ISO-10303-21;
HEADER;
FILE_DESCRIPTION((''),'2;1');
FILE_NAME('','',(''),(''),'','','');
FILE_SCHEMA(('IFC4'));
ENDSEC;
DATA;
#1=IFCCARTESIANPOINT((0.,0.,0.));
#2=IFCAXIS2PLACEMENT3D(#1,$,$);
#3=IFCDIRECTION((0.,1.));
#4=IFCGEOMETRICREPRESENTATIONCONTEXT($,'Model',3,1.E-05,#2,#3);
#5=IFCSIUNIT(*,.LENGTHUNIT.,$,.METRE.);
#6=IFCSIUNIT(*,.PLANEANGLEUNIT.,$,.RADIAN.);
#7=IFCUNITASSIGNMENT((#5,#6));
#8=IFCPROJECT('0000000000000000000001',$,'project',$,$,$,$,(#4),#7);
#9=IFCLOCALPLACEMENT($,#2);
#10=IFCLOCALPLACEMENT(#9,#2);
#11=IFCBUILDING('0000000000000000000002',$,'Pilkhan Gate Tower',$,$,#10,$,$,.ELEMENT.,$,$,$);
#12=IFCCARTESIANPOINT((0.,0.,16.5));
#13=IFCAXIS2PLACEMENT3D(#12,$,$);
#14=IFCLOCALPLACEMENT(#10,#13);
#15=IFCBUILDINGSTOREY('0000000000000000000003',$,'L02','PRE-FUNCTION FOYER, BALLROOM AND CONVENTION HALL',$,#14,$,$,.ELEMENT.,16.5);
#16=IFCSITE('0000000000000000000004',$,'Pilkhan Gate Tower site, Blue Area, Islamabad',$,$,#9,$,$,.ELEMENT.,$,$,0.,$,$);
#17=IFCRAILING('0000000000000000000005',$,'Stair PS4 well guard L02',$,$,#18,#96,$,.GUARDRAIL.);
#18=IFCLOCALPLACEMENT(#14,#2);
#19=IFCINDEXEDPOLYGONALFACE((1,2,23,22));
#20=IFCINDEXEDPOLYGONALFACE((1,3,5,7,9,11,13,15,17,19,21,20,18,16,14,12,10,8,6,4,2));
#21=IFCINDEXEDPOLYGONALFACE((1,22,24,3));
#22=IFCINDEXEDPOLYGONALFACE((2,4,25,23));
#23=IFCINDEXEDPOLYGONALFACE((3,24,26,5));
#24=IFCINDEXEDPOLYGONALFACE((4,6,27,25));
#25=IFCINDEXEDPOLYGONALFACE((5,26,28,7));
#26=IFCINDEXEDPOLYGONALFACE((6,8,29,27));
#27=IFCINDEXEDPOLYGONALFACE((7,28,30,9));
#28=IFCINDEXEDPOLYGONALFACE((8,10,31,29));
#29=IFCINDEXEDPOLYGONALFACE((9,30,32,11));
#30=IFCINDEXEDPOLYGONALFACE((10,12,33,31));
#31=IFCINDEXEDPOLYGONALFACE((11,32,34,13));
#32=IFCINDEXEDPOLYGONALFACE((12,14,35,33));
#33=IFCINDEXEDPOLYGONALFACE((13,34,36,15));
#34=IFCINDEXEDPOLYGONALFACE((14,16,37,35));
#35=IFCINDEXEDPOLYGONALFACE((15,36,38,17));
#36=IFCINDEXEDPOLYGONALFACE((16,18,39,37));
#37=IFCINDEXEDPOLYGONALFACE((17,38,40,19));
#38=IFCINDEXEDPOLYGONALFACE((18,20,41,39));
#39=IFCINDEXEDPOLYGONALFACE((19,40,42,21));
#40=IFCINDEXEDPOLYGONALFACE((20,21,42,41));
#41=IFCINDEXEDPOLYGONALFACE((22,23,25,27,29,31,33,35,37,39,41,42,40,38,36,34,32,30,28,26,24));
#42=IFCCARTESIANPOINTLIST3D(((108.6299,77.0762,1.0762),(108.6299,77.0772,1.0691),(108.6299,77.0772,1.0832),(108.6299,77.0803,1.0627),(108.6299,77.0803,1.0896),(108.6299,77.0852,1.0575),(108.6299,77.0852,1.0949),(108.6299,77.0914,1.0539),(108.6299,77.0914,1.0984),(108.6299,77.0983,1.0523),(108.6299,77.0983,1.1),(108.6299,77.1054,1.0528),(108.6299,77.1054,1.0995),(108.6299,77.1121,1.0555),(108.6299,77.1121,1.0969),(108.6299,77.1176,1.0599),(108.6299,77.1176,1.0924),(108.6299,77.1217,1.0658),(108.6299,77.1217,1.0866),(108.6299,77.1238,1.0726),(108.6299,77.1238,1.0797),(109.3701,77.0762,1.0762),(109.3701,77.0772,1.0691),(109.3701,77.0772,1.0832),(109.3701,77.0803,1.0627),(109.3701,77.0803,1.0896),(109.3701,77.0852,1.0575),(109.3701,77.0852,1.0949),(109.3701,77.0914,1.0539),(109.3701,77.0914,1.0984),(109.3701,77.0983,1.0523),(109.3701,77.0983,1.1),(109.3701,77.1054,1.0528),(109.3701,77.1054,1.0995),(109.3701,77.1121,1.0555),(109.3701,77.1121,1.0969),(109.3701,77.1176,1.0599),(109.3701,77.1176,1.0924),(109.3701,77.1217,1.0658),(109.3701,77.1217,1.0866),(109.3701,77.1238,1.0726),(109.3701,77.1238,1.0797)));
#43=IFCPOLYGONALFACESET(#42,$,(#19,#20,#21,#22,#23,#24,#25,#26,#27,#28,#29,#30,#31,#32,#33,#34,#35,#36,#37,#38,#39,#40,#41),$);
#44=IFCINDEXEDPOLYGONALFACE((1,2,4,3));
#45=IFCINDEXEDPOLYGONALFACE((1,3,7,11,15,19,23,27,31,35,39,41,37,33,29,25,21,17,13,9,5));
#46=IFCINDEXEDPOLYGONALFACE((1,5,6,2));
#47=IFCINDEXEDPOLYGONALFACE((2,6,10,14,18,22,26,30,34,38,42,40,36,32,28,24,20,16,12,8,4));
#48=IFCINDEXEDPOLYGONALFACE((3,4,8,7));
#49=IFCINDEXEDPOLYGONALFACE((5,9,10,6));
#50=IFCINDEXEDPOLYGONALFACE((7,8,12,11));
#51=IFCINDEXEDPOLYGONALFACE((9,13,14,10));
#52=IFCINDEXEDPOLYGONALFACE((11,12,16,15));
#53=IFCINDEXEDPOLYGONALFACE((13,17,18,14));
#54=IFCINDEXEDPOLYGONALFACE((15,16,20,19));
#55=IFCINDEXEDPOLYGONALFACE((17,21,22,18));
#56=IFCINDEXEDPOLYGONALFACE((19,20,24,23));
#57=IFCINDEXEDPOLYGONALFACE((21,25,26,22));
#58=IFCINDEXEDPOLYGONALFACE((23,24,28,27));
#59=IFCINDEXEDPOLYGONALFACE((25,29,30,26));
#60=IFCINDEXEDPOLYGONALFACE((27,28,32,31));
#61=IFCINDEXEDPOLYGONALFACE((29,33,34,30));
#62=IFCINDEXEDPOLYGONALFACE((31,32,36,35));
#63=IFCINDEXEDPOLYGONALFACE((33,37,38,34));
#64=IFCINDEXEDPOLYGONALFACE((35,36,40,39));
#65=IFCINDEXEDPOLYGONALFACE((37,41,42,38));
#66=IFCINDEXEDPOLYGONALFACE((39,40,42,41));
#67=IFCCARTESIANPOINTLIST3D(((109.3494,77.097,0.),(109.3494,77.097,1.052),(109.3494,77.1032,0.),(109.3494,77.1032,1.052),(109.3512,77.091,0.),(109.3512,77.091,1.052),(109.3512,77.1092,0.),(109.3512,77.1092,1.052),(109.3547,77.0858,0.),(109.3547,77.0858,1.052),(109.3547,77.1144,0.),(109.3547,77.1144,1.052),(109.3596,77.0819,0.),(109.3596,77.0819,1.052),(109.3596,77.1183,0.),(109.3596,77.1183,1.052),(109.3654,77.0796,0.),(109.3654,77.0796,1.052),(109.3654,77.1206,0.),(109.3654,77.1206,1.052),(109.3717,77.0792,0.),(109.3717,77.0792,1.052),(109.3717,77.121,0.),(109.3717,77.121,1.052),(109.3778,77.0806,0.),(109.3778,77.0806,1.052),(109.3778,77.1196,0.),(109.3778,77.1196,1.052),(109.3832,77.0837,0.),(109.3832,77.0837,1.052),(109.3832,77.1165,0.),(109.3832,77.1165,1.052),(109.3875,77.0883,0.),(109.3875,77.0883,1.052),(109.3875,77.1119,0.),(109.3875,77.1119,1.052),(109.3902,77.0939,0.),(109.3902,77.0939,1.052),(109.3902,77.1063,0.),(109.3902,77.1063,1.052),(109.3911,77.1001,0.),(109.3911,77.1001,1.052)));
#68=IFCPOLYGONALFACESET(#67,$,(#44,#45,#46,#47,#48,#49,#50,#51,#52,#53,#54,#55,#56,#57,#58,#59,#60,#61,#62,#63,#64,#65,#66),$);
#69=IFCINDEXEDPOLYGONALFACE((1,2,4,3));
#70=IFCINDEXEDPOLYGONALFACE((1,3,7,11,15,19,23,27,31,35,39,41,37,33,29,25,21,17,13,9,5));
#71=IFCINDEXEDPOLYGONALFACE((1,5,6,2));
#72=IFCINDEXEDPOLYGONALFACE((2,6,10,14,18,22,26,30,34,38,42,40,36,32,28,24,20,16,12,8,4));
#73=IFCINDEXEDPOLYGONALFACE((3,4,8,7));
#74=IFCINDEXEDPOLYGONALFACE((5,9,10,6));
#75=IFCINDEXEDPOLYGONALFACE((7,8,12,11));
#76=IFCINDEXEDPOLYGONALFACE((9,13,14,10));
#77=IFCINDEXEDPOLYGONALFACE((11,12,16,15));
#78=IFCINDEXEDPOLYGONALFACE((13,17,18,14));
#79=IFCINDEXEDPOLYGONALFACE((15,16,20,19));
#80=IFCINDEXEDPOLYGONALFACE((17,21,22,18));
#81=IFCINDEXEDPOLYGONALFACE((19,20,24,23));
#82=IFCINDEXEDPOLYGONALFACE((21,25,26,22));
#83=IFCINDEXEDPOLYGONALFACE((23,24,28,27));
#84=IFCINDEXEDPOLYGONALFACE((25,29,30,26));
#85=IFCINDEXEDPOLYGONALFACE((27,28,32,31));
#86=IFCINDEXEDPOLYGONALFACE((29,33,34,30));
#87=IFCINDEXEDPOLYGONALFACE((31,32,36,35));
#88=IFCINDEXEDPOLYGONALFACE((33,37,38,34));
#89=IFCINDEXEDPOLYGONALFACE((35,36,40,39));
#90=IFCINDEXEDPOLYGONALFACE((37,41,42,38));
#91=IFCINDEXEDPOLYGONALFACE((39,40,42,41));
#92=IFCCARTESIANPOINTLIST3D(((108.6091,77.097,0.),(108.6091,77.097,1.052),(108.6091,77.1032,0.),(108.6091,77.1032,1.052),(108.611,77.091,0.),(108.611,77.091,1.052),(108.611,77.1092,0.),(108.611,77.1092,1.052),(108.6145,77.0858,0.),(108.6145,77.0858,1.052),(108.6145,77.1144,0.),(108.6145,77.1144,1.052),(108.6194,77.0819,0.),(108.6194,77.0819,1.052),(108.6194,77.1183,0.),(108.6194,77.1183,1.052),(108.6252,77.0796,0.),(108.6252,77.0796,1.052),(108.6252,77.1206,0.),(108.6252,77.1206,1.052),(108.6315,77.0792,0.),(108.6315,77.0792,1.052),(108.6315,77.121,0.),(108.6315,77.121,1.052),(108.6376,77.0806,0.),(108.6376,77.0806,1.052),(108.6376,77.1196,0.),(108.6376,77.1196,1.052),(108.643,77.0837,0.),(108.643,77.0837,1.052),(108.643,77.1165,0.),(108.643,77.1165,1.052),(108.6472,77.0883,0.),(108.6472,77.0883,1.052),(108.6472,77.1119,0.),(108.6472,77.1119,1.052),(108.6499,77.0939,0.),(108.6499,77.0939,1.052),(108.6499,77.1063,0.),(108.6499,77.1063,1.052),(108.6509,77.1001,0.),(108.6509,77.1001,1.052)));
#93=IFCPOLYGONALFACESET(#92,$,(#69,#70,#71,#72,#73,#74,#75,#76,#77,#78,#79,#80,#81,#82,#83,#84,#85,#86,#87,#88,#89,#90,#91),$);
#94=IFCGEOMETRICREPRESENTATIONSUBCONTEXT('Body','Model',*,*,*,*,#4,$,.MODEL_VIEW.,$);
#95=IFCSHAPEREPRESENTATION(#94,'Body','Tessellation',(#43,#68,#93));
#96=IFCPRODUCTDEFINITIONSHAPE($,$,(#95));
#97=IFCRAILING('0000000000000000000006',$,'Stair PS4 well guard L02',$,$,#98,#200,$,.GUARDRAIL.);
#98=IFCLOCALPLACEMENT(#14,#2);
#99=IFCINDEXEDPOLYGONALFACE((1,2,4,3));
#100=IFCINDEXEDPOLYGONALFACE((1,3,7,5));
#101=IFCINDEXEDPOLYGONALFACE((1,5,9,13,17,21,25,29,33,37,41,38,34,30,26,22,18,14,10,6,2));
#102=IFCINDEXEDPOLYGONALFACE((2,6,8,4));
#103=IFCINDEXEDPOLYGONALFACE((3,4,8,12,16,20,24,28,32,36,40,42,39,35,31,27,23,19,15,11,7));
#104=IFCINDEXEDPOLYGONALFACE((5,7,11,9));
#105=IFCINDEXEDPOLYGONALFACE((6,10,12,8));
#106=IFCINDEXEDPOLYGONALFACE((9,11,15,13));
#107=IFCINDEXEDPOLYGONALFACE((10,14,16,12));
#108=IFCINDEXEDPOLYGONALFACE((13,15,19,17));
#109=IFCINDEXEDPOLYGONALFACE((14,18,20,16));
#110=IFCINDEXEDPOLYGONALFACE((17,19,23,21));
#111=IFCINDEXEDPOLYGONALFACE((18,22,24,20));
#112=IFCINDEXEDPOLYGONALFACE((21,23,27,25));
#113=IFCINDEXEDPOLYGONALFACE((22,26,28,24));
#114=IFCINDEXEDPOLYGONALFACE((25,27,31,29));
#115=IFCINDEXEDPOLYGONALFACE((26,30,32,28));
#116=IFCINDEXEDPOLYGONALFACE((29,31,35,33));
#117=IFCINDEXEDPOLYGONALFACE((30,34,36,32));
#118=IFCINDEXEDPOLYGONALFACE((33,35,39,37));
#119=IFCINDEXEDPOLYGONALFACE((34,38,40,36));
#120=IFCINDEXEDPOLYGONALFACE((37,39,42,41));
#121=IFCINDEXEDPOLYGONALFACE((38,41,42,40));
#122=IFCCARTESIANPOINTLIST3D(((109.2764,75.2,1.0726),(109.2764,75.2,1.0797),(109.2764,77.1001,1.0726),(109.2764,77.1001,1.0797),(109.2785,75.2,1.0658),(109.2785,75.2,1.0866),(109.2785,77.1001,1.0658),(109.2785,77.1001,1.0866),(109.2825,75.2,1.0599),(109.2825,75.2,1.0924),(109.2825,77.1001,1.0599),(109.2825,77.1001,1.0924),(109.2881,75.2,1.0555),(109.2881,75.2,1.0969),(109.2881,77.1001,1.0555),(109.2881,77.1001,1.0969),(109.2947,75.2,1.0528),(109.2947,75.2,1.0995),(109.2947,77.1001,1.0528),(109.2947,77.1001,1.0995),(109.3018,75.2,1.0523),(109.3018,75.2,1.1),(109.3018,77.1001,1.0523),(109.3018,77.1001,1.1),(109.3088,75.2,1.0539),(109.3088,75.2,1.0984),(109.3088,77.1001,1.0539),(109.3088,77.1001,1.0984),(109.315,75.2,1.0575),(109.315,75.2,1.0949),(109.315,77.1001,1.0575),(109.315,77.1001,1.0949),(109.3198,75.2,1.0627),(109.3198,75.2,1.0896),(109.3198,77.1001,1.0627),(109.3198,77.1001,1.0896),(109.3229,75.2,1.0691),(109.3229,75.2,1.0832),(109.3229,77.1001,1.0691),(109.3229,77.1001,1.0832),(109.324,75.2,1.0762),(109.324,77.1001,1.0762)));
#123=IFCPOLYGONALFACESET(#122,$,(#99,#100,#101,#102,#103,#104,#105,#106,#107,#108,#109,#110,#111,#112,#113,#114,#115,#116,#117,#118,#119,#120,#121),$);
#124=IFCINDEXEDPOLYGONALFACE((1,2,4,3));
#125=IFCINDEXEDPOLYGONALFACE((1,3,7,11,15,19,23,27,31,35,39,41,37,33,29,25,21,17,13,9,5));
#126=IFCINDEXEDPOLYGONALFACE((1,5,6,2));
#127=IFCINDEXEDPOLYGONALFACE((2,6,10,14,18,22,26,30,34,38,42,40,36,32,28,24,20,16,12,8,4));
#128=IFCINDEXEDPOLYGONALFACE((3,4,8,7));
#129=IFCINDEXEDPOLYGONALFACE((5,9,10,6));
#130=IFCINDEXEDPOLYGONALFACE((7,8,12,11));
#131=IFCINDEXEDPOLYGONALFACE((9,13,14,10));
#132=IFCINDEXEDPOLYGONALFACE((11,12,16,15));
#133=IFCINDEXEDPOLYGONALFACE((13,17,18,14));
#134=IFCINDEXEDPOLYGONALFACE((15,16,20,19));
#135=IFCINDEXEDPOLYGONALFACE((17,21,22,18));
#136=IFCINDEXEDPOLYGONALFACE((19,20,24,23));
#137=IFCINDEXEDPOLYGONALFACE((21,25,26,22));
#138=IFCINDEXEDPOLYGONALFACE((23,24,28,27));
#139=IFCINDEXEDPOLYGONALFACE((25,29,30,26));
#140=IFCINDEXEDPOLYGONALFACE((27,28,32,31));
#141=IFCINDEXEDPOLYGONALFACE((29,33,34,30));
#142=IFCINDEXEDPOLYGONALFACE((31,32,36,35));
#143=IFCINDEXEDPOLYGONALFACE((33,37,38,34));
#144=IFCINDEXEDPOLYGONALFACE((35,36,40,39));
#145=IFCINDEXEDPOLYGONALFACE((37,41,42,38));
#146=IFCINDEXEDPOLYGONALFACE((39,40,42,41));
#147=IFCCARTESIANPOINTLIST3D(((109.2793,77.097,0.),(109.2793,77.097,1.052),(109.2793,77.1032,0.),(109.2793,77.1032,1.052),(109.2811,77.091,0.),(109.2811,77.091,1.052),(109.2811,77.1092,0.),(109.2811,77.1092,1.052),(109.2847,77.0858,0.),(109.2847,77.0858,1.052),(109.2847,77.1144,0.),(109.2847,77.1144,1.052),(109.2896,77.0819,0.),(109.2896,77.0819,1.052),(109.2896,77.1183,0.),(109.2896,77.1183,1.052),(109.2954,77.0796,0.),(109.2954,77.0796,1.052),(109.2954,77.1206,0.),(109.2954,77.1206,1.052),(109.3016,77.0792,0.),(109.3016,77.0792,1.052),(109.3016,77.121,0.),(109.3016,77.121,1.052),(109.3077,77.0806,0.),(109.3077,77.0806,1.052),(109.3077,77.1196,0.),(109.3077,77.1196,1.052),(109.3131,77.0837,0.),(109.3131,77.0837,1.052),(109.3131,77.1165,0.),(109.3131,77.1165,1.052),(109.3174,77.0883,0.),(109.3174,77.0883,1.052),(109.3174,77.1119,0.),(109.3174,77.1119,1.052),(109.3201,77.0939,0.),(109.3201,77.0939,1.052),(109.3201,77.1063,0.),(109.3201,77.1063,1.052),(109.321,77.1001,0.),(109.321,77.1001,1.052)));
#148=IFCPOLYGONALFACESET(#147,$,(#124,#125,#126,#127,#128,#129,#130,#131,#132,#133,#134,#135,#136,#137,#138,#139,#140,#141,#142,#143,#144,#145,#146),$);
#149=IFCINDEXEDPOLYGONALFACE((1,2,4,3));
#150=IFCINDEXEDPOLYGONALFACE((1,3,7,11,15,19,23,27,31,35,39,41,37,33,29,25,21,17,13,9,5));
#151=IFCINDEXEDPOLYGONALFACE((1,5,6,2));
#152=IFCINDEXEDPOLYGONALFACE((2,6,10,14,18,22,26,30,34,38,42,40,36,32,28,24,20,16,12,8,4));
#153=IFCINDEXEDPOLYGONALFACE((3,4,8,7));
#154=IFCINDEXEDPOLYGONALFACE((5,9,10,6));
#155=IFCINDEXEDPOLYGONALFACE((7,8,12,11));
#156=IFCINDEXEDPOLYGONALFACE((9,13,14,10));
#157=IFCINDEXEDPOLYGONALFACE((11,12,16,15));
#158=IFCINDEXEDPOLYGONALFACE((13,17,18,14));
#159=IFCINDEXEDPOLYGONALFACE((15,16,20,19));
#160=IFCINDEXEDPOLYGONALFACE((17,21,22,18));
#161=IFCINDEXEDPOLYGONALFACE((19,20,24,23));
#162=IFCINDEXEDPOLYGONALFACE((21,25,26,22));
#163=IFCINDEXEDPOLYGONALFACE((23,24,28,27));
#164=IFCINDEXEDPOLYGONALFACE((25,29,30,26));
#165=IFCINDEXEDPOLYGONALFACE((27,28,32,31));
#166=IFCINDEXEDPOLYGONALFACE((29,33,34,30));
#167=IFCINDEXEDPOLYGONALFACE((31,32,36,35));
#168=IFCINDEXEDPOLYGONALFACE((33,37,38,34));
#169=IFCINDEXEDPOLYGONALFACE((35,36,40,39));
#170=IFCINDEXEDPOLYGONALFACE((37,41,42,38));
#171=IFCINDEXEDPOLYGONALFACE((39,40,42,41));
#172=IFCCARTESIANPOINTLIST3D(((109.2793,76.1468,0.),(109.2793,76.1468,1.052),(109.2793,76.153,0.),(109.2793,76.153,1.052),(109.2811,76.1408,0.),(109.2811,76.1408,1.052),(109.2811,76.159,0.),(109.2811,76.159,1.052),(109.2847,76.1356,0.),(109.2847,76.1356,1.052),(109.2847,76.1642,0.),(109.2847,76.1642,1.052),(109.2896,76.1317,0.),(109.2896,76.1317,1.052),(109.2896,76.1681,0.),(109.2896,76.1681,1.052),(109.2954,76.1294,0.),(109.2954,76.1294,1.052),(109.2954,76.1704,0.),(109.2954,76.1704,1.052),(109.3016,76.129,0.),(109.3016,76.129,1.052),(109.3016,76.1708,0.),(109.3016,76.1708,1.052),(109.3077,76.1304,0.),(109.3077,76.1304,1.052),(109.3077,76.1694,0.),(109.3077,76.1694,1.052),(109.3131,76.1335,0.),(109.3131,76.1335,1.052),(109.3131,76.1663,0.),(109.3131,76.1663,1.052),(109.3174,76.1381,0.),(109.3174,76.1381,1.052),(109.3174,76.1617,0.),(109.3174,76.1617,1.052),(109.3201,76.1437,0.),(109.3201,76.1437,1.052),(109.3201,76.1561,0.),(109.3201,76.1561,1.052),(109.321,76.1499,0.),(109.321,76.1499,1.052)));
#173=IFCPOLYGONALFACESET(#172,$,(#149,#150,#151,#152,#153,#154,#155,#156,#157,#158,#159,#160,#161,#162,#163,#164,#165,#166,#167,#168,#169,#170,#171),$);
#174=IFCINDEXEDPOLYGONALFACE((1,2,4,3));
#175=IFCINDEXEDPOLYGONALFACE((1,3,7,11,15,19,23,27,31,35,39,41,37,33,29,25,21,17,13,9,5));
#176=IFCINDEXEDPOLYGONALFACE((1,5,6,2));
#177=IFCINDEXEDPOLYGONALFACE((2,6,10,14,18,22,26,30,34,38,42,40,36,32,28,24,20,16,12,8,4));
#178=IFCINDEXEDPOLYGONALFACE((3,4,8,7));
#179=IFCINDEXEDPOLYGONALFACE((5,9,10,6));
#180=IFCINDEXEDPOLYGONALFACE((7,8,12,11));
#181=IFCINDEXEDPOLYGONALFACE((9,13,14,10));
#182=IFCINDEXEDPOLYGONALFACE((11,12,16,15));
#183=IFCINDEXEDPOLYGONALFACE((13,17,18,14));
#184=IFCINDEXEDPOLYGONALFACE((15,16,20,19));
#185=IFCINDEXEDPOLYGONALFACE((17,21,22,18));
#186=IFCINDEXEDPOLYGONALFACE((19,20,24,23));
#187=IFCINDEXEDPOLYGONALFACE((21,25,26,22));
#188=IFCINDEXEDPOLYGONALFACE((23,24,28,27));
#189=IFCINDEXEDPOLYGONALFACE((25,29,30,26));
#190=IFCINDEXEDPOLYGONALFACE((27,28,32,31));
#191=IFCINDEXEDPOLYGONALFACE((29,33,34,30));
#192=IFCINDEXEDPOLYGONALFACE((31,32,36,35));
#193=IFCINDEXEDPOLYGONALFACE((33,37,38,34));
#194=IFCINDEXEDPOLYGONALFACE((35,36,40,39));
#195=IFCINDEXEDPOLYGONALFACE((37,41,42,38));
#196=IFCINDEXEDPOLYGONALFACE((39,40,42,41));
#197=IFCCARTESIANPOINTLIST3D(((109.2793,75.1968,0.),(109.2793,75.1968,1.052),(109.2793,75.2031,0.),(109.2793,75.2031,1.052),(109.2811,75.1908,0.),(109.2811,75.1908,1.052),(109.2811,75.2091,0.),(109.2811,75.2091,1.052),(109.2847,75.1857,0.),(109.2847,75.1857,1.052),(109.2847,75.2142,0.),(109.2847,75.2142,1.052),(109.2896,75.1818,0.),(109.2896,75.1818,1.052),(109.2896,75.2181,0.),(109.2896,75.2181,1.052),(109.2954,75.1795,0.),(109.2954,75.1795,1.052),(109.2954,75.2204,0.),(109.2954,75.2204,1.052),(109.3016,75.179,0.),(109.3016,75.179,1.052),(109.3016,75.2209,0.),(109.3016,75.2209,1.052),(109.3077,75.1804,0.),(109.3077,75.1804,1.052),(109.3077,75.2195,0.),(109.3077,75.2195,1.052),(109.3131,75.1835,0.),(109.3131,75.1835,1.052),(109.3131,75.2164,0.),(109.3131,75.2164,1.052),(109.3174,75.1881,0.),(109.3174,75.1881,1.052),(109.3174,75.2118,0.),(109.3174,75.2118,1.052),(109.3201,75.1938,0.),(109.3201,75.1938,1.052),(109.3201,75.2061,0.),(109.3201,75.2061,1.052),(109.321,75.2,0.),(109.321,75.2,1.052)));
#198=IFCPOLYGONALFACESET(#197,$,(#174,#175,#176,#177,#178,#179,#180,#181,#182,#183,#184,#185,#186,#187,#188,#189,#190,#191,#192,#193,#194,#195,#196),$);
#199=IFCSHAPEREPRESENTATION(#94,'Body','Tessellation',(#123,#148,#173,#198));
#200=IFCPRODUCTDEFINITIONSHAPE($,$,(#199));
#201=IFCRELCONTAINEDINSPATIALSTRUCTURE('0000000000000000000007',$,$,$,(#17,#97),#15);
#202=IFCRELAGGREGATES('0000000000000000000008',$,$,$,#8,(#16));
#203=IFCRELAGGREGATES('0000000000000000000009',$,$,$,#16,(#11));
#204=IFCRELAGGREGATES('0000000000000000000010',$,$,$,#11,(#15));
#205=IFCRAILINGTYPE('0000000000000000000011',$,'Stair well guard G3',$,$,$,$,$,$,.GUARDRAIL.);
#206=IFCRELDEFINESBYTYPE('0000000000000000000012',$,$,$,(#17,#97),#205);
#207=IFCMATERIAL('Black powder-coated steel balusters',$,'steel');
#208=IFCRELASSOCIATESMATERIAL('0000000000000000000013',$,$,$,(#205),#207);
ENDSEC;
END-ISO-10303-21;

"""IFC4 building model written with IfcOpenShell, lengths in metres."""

from ifc_helpers import new_model, si_unit, direction, frame, origin, origin_2d, place, context, subcontext, project, spatial, circle, extrude, material, type_object, element, save


model = new_model("IFC4")

# Units and contexts
model_context = context("Model", 3, precision=1e-05, world=origin(), true_north=direction((0.0, 1.0)))
body_context = subcontext(model_context, "Body", "Model", "MODEL_VIEW")
ifc_project = project(units=[si_unit("LENGTHUNIT", "METRE"), si_unit("PLANEANGLEUNIT", "RADIAN")], contexts=[model_context])

# Site, building, storey
site_placement = place(None, origin())
site = spatial("IfcSite", under=ifc_project, at=site_placement, Name="Pilkhan Gate Tower site, Blue Area, Islamabad", CompositionType="ELEMENT", RefElevation=0.0)
building_placement = place(site_placement, origin())
building = spatial("IfcBuilding", under=site, at=building_placement, Name="Pilkhan Gate Tower", CompositionType="ELEMENT")
storey_placement = place(building_placement, frame((0.0, 0.0, 16.5)))
storey = spatial("IfcBuildingStorey", under=building, at=storey_placement, Name="L02", Description="PRE-FUNCTION FOYER, BALLROOM AND CONVENTION HALL", CompositionType="ELEMENT", Elevation=16.5)

# Railings
ifc_material_1 = material(Name="Black powder-coated steel balusters", Category="steel")
railing_type_1 = type_object("IfcRailingType", Name="Stair well guard G3", PredefinedType="GUARDRAIL", material=ifc_material_1)
railing_1_placement = place(storey_placement, frame((109.3701, 77.1001, 0.0)))
element("IfcRailing", 1, at=railing_1_placement, inside=storey, type_object=railing_type_1, Name="Stair PS4 well guard L02", PredefinedType="GUARDRAIL", context=body_context, shape_type="SweptSolid", body=[
    extrude(circle(Radius=0.0239, at=origin_2d()), frame((0.0, 0.0, 1.0762), z_axis=(-1.0, 0.0, 0.0), x_axis=(0.0, -1.0, 0.0)), (0.0, 0.0, 1.0), 0.7402),
    extrude(circle(Radius=0.021, at=origin_2d()), origin(), (0.0, 0.0, 1.0), 1.052),
    extrude(circle(Radius=0.021, at=origin_2d()), frame((-0.7402, 0.0, 0.0)), (0.0, 0.0, 1.0), 1.052),
])
railing_2_placement = place(storey_placement, frame((109.3, 77.1001, 0.0)))
element("IfcRailing", 2, at=railing_2_placement, inside=storey, type_object=railing_type_1, Name="Stair PS4 well guard L02", PredefinedType="GUARDRAIL", context=body_context, shape_type="SweptSolid", body=[
    extrude(circle(Radius=0.0239, at=origin_2d()), frame((0.0, 0.0, 1.0762), z_axis=(0.0, -1.0, 0.0), x_axis=(1.0, 0.0, 0.0)), (0.0, 0.0, 1.0), 1.9001),
    extrude(circle(Radius=0.021, at=origin_2d()), origin(), (0.0, 0.0, 1.0), 1.052),
    extrude(circle(Radius=0.021, at=origin_2d()), frame((0.0, -0.9502, 0.0)), (0.0, 0.0, 1.0), 1.052),
    extrude(circle(Radius=0.021, at=origin_2d()), frame((0.0, -1.9001, 0.0)), (0.0, 0.0, 1.0), 1.052),
])

save(model, "model.ifc")
